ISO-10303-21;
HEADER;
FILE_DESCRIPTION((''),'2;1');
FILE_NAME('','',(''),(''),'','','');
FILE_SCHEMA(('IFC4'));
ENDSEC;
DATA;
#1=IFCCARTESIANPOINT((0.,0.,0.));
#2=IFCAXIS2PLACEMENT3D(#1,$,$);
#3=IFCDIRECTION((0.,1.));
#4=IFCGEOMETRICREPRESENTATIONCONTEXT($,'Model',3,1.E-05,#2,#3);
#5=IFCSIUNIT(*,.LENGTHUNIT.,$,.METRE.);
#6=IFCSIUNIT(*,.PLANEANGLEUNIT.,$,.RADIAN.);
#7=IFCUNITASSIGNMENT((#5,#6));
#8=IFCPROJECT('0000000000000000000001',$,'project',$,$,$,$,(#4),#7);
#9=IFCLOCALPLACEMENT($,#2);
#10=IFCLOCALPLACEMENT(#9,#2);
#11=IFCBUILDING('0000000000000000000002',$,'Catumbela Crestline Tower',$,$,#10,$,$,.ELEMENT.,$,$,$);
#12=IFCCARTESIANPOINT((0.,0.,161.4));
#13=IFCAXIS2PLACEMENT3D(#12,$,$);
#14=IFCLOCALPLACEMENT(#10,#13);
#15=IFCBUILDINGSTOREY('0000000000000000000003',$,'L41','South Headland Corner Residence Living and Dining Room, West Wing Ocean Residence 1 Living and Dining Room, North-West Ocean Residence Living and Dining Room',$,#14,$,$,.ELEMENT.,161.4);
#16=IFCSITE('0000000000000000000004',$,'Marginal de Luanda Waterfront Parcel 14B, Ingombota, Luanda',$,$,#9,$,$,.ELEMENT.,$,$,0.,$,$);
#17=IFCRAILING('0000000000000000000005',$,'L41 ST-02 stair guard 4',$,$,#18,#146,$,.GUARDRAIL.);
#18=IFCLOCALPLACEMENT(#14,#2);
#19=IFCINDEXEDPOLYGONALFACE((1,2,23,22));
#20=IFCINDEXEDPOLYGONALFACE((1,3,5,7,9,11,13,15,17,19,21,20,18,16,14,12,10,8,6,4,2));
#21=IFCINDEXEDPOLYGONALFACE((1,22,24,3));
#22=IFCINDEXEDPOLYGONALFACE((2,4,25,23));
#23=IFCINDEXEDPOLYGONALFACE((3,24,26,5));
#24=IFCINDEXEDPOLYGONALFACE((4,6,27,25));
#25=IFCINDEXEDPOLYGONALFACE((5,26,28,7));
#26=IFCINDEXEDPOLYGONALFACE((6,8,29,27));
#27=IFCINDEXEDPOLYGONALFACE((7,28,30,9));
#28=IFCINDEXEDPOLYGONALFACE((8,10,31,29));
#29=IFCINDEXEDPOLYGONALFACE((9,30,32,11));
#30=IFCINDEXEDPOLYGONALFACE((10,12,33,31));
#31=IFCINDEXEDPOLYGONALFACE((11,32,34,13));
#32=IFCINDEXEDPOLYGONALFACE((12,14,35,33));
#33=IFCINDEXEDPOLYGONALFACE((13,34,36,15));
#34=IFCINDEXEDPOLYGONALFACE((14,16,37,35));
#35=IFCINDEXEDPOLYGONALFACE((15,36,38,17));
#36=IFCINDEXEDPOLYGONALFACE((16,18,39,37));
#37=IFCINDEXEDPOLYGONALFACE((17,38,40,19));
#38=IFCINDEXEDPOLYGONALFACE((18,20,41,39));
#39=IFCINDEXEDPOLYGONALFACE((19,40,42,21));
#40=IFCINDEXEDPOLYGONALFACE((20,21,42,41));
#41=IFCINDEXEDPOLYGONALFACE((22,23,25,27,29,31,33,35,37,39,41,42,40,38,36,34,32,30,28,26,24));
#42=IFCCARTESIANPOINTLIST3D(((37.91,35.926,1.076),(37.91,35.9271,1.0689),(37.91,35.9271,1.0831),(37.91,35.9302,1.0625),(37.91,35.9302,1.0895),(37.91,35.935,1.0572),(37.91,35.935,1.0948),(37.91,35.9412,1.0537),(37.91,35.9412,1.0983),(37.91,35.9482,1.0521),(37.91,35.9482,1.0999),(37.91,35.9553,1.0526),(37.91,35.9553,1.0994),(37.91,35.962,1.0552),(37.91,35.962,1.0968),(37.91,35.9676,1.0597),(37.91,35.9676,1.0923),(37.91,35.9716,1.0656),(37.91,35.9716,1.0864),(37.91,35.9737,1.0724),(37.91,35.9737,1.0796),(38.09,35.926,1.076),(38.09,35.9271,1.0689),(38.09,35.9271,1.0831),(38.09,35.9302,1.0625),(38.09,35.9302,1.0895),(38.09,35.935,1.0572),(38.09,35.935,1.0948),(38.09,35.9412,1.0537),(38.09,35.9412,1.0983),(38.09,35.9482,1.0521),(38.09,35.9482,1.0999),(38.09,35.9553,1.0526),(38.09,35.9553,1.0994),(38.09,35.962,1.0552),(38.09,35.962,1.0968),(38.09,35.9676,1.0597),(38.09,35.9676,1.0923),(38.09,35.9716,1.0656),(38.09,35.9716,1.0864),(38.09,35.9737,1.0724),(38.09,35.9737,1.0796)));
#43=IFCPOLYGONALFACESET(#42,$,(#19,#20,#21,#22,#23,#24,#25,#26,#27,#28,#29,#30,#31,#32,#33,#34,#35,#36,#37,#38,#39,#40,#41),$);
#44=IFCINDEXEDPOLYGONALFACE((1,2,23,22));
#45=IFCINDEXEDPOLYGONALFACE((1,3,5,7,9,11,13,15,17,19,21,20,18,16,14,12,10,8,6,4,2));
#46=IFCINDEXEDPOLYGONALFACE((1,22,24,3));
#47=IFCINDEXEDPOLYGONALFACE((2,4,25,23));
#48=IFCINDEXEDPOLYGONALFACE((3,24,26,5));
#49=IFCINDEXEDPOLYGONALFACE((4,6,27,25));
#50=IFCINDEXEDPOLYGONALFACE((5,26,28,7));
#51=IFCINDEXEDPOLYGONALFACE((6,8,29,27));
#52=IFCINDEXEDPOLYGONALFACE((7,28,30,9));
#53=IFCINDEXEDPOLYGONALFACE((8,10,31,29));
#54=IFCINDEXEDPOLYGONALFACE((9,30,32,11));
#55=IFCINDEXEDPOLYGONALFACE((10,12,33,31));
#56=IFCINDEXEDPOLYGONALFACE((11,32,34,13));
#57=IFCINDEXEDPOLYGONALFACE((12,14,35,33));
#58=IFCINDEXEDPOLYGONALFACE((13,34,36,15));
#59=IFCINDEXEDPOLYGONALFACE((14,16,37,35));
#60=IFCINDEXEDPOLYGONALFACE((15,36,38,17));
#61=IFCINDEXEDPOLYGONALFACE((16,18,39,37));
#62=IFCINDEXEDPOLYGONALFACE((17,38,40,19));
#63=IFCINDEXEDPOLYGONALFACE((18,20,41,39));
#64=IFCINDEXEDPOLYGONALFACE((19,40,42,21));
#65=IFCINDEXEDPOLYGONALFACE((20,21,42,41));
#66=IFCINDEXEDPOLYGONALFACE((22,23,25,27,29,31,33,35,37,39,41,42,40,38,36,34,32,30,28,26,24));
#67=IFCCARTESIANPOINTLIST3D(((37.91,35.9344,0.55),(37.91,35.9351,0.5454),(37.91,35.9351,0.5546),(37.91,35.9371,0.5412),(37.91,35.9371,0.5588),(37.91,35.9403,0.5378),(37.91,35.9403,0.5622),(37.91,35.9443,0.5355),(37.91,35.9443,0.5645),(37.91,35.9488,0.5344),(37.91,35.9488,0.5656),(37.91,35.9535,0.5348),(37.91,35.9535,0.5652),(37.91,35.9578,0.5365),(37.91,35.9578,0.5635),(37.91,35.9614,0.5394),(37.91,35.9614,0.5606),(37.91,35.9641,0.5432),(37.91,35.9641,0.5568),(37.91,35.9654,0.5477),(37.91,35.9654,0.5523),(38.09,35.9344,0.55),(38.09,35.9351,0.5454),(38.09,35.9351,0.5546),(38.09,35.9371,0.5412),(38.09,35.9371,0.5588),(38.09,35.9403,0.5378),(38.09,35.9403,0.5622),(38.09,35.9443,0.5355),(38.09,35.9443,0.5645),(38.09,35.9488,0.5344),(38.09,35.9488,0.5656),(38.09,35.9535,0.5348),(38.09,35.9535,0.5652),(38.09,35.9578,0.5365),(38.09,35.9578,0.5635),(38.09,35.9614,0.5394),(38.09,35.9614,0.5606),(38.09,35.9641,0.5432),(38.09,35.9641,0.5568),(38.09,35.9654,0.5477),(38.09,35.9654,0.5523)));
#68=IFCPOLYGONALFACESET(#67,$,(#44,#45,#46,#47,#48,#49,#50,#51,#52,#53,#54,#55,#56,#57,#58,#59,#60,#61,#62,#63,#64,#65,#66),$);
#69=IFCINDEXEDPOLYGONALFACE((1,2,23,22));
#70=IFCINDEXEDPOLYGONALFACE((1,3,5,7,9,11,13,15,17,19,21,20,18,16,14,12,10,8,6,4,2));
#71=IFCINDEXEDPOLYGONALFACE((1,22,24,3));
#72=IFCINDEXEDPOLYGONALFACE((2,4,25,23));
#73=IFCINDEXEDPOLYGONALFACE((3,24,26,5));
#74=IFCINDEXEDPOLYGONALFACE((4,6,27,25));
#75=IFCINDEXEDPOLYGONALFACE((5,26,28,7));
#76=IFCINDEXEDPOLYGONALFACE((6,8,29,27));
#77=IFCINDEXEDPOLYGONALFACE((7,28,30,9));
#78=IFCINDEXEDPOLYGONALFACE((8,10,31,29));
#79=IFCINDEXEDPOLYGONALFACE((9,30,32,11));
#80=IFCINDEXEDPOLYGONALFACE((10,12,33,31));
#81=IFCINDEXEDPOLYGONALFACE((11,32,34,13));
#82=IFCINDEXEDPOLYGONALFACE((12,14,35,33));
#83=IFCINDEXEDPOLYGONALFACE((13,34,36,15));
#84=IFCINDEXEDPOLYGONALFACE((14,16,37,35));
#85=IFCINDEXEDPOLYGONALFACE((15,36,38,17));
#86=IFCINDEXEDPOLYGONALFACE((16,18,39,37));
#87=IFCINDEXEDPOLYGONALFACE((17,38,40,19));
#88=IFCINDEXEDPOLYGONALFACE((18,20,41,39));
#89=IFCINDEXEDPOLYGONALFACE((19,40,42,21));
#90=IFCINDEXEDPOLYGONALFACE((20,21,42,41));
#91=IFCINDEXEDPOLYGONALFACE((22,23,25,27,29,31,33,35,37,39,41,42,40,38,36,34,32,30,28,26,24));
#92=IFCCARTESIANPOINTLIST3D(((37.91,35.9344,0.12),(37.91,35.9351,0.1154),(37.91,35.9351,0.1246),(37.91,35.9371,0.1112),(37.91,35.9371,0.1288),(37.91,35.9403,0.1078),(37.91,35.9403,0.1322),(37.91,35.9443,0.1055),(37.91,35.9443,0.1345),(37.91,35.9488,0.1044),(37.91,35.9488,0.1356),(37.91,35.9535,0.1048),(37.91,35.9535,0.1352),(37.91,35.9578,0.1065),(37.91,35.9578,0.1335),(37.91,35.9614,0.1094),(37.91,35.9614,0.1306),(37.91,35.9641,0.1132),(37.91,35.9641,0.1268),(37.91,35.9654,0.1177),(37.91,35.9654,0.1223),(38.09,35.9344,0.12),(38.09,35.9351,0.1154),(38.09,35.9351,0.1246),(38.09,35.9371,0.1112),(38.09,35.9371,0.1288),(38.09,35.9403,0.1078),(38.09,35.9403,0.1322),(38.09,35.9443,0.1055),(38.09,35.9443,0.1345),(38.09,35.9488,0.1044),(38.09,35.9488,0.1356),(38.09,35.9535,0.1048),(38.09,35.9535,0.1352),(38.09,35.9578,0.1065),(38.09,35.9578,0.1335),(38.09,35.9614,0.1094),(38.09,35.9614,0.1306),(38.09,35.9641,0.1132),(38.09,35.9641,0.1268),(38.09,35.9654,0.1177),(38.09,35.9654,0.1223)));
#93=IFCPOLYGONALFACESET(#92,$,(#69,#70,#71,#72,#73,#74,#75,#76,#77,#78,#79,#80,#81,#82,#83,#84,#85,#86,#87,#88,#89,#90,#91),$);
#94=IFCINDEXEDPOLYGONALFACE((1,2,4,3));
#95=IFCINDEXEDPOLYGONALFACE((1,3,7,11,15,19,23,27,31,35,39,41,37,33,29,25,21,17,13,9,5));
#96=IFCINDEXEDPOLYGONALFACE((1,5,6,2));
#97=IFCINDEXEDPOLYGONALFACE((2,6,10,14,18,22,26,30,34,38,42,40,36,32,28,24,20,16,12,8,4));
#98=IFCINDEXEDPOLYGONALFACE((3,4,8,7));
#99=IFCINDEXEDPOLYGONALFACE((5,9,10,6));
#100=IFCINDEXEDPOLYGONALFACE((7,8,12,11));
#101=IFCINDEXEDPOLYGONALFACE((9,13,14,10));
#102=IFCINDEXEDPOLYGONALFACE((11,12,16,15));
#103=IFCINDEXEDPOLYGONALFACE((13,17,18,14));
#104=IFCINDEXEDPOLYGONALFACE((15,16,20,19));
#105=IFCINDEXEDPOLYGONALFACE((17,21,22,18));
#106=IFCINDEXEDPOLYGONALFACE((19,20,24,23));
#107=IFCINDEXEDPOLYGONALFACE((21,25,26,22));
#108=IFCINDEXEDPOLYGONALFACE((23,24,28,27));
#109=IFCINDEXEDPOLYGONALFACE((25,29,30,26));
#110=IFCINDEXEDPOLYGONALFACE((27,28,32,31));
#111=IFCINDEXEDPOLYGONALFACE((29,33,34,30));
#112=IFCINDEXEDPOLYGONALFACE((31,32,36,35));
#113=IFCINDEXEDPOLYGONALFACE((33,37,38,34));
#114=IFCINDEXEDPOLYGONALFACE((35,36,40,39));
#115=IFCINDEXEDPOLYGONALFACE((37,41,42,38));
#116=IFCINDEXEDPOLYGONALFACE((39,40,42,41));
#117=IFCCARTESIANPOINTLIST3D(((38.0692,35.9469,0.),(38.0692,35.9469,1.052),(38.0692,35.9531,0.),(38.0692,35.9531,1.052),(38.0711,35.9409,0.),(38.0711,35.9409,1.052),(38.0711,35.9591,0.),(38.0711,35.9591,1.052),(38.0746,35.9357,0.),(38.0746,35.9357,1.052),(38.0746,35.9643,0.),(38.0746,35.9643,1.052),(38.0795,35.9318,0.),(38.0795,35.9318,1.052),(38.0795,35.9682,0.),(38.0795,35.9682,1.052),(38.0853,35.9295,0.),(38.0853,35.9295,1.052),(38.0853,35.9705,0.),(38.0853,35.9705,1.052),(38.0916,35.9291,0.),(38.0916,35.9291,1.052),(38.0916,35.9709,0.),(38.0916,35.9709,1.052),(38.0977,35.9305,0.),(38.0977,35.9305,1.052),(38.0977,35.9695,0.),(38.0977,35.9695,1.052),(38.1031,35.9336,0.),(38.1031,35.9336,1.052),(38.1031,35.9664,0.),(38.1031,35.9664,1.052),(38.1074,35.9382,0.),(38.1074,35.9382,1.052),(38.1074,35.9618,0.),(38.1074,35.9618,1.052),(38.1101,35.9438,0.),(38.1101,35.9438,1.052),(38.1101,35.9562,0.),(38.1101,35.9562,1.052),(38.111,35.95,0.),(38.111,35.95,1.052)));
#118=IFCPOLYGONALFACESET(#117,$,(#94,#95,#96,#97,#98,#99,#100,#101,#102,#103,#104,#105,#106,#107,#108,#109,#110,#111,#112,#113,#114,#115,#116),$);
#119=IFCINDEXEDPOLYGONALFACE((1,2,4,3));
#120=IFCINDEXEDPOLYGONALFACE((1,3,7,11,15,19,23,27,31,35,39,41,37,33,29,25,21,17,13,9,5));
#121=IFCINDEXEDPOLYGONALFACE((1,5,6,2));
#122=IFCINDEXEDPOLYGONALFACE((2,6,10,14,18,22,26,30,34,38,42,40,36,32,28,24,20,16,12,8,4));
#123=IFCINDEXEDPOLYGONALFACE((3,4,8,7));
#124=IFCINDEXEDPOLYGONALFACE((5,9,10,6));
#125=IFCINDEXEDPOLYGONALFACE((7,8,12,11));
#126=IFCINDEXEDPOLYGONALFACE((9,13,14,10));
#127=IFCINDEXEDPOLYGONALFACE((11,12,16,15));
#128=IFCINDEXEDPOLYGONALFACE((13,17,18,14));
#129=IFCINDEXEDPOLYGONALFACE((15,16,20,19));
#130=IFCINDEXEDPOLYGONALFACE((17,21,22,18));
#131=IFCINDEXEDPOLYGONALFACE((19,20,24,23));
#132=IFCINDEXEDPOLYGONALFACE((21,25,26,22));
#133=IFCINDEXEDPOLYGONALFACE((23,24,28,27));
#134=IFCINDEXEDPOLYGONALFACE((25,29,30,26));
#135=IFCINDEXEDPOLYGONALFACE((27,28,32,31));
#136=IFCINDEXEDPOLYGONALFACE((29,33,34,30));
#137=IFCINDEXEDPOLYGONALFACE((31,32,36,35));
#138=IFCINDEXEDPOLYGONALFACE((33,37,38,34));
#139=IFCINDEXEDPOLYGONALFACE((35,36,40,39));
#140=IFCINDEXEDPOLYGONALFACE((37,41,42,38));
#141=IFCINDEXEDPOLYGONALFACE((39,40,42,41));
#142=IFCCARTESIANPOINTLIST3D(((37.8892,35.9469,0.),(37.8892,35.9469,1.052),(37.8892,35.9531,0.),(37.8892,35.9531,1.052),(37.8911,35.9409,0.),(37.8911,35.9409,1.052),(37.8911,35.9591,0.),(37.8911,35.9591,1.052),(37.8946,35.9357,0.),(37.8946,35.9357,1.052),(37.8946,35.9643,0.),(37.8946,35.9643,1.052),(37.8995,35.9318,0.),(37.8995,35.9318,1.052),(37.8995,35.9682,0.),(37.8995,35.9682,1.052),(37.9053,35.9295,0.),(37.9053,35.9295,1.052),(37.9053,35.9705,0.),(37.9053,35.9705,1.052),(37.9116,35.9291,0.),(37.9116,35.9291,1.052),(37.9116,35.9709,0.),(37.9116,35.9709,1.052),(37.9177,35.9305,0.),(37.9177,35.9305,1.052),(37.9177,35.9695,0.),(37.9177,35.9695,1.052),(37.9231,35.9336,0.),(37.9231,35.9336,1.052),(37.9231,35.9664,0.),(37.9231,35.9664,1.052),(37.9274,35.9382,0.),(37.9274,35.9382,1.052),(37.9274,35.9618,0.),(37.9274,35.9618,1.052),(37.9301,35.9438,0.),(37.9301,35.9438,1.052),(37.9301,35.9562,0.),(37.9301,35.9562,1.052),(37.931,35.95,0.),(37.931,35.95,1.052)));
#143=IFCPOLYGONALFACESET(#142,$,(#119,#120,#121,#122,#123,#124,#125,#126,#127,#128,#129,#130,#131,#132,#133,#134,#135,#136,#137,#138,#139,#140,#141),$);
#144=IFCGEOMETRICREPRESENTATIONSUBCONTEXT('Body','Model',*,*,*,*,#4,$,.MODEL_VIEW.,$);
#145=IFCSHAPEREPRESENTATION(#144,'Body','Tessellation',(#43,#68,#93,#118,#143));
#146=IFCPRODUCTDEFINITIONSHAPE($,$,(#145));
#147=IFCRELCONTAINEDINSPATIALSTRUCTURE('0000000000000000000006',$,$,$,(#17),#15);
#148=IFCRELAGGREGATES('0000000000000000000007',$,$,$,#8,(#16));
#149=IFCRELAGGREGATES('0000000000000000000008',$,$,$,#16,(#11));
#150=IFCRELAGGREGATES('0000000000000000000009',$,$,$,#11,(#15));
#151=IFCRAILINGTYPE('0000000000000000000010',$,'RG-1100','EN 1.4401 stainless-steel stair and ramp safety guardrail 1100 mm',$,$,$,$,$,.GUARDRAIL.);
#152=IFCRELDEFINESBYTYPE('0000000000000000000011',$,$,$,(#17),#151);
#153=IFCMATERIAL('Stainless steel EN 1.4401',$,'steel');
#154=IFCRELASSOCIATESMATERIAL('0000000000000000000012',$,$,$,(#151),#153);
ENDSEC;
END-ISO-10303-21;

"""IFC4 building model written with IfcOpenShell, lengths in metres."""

from ifc_helpers import new_model, si_unit, direction, frame, origin, origin_2d, place, context, subcontext, project, spatial, circle, extrude, material, type_object, element, save


model = new_model("IFC4")

# Units and contexts
model_context = context("Model", 3, precision=1e-05, world=origin(), true_north=direction((0.0, 1.0)))
body_context = subcontext(model_context, "Body", "Model", "MODEL_VIEW")
ifc_project = project(units=[si_unit("LENGTHUNIT", "METRE"), si_unit("PLANEANGLEUNIT", "RADIAN")], contexts=[model_context])

# Site, building, storey
site_placement = place(None, origin())
site = spatial("IfcSite", under=ifc_project, at=site_placement, Name="Marginal de Luanda Waterfront Parcel 14B, Ingombota, Luanda", CompositionType="ELEMENT", RefElevation=0.0)
building_placement = place(site_placement, origin())
building = spatial("IfcBuilding", under=site, at=building_placement, Name="Catumbela Crestline Tower", CompositionType="ELEMENT")
storey_placement = place(building_placement, frame((0.0, 0.0, 161.4)))
storey = spatial("IfcBuildingStorey", under=building, at=storey_placement, Name="L41", Description="South Headland Corner Residence Living and Dining Room, West Wing Ocean Residence 1 Living and Dining Room, North-West Ocean Residence Living and Dining Room", CompositionType="ELEMENT", Elevation=161.4)

# Shared definitions
ifc_material_1 = material(Name="Stainless steel EN 1.4401", Category="steel")

# Railing
railing_type_1 = type_object("IfcRailingType", Name="RG-1100", Description="EN 1.4401 stainless-steel stair and ramp safety guardrail 1100 mm", PredefinedType="GUARDRAIL", material=ifc_material_1)
railing_1_placement = place(storey_placement, frame((38.09, 35.95, 0.0)))
element("IfcRailing", 1, at=railing_1_placement, inside=storey, type_object=railing_type_1, Name="L41 ST-02 stair guard 4", PredefinedType="GUARDRAIL", context=body_context, shape_type="SweptSolid", body=[
    extrude(circle(Radius=0.024, at=origin_2d()), frame((0.0, 0.0, 1.076), z_axis=(-1.0, 0.0, 0.0), x_axis=(0.0, -1.0, 0.0)), (0.0, 0.0, 1.0), 0.18),
    extrude(circle(Radius=0.0156, at=origin_2d()), frame((0.0, 0.0, 0.55), z_axis=(-1.0, 0.0, 0.0), x_axis=(0.0, -1.0, 0.0)), (0.0, 0.0, 1.0), 0.18),
    extrude(circle(Radius=0.0156, at=origin_2d()), frame((0.0, 0.0, 0.12), z_axis=(-1.0, 0.0, 0.0), x_axis=(0.0, -1.0, 0.0)), (0.0, 0.0, 1.0), 0.18),
    extrude(circle(Radius=0.021, at=origin_2d()), origin(), (0.0, 0.0, 1.0), 1.052),
    extrude(circle(Radius=0.021, at=origin_2d()), frame((-0.18, 0.0, 0.0)), (0.0, 0.0, 1.0), 1.052),
])

save(model, "model.ifc")
